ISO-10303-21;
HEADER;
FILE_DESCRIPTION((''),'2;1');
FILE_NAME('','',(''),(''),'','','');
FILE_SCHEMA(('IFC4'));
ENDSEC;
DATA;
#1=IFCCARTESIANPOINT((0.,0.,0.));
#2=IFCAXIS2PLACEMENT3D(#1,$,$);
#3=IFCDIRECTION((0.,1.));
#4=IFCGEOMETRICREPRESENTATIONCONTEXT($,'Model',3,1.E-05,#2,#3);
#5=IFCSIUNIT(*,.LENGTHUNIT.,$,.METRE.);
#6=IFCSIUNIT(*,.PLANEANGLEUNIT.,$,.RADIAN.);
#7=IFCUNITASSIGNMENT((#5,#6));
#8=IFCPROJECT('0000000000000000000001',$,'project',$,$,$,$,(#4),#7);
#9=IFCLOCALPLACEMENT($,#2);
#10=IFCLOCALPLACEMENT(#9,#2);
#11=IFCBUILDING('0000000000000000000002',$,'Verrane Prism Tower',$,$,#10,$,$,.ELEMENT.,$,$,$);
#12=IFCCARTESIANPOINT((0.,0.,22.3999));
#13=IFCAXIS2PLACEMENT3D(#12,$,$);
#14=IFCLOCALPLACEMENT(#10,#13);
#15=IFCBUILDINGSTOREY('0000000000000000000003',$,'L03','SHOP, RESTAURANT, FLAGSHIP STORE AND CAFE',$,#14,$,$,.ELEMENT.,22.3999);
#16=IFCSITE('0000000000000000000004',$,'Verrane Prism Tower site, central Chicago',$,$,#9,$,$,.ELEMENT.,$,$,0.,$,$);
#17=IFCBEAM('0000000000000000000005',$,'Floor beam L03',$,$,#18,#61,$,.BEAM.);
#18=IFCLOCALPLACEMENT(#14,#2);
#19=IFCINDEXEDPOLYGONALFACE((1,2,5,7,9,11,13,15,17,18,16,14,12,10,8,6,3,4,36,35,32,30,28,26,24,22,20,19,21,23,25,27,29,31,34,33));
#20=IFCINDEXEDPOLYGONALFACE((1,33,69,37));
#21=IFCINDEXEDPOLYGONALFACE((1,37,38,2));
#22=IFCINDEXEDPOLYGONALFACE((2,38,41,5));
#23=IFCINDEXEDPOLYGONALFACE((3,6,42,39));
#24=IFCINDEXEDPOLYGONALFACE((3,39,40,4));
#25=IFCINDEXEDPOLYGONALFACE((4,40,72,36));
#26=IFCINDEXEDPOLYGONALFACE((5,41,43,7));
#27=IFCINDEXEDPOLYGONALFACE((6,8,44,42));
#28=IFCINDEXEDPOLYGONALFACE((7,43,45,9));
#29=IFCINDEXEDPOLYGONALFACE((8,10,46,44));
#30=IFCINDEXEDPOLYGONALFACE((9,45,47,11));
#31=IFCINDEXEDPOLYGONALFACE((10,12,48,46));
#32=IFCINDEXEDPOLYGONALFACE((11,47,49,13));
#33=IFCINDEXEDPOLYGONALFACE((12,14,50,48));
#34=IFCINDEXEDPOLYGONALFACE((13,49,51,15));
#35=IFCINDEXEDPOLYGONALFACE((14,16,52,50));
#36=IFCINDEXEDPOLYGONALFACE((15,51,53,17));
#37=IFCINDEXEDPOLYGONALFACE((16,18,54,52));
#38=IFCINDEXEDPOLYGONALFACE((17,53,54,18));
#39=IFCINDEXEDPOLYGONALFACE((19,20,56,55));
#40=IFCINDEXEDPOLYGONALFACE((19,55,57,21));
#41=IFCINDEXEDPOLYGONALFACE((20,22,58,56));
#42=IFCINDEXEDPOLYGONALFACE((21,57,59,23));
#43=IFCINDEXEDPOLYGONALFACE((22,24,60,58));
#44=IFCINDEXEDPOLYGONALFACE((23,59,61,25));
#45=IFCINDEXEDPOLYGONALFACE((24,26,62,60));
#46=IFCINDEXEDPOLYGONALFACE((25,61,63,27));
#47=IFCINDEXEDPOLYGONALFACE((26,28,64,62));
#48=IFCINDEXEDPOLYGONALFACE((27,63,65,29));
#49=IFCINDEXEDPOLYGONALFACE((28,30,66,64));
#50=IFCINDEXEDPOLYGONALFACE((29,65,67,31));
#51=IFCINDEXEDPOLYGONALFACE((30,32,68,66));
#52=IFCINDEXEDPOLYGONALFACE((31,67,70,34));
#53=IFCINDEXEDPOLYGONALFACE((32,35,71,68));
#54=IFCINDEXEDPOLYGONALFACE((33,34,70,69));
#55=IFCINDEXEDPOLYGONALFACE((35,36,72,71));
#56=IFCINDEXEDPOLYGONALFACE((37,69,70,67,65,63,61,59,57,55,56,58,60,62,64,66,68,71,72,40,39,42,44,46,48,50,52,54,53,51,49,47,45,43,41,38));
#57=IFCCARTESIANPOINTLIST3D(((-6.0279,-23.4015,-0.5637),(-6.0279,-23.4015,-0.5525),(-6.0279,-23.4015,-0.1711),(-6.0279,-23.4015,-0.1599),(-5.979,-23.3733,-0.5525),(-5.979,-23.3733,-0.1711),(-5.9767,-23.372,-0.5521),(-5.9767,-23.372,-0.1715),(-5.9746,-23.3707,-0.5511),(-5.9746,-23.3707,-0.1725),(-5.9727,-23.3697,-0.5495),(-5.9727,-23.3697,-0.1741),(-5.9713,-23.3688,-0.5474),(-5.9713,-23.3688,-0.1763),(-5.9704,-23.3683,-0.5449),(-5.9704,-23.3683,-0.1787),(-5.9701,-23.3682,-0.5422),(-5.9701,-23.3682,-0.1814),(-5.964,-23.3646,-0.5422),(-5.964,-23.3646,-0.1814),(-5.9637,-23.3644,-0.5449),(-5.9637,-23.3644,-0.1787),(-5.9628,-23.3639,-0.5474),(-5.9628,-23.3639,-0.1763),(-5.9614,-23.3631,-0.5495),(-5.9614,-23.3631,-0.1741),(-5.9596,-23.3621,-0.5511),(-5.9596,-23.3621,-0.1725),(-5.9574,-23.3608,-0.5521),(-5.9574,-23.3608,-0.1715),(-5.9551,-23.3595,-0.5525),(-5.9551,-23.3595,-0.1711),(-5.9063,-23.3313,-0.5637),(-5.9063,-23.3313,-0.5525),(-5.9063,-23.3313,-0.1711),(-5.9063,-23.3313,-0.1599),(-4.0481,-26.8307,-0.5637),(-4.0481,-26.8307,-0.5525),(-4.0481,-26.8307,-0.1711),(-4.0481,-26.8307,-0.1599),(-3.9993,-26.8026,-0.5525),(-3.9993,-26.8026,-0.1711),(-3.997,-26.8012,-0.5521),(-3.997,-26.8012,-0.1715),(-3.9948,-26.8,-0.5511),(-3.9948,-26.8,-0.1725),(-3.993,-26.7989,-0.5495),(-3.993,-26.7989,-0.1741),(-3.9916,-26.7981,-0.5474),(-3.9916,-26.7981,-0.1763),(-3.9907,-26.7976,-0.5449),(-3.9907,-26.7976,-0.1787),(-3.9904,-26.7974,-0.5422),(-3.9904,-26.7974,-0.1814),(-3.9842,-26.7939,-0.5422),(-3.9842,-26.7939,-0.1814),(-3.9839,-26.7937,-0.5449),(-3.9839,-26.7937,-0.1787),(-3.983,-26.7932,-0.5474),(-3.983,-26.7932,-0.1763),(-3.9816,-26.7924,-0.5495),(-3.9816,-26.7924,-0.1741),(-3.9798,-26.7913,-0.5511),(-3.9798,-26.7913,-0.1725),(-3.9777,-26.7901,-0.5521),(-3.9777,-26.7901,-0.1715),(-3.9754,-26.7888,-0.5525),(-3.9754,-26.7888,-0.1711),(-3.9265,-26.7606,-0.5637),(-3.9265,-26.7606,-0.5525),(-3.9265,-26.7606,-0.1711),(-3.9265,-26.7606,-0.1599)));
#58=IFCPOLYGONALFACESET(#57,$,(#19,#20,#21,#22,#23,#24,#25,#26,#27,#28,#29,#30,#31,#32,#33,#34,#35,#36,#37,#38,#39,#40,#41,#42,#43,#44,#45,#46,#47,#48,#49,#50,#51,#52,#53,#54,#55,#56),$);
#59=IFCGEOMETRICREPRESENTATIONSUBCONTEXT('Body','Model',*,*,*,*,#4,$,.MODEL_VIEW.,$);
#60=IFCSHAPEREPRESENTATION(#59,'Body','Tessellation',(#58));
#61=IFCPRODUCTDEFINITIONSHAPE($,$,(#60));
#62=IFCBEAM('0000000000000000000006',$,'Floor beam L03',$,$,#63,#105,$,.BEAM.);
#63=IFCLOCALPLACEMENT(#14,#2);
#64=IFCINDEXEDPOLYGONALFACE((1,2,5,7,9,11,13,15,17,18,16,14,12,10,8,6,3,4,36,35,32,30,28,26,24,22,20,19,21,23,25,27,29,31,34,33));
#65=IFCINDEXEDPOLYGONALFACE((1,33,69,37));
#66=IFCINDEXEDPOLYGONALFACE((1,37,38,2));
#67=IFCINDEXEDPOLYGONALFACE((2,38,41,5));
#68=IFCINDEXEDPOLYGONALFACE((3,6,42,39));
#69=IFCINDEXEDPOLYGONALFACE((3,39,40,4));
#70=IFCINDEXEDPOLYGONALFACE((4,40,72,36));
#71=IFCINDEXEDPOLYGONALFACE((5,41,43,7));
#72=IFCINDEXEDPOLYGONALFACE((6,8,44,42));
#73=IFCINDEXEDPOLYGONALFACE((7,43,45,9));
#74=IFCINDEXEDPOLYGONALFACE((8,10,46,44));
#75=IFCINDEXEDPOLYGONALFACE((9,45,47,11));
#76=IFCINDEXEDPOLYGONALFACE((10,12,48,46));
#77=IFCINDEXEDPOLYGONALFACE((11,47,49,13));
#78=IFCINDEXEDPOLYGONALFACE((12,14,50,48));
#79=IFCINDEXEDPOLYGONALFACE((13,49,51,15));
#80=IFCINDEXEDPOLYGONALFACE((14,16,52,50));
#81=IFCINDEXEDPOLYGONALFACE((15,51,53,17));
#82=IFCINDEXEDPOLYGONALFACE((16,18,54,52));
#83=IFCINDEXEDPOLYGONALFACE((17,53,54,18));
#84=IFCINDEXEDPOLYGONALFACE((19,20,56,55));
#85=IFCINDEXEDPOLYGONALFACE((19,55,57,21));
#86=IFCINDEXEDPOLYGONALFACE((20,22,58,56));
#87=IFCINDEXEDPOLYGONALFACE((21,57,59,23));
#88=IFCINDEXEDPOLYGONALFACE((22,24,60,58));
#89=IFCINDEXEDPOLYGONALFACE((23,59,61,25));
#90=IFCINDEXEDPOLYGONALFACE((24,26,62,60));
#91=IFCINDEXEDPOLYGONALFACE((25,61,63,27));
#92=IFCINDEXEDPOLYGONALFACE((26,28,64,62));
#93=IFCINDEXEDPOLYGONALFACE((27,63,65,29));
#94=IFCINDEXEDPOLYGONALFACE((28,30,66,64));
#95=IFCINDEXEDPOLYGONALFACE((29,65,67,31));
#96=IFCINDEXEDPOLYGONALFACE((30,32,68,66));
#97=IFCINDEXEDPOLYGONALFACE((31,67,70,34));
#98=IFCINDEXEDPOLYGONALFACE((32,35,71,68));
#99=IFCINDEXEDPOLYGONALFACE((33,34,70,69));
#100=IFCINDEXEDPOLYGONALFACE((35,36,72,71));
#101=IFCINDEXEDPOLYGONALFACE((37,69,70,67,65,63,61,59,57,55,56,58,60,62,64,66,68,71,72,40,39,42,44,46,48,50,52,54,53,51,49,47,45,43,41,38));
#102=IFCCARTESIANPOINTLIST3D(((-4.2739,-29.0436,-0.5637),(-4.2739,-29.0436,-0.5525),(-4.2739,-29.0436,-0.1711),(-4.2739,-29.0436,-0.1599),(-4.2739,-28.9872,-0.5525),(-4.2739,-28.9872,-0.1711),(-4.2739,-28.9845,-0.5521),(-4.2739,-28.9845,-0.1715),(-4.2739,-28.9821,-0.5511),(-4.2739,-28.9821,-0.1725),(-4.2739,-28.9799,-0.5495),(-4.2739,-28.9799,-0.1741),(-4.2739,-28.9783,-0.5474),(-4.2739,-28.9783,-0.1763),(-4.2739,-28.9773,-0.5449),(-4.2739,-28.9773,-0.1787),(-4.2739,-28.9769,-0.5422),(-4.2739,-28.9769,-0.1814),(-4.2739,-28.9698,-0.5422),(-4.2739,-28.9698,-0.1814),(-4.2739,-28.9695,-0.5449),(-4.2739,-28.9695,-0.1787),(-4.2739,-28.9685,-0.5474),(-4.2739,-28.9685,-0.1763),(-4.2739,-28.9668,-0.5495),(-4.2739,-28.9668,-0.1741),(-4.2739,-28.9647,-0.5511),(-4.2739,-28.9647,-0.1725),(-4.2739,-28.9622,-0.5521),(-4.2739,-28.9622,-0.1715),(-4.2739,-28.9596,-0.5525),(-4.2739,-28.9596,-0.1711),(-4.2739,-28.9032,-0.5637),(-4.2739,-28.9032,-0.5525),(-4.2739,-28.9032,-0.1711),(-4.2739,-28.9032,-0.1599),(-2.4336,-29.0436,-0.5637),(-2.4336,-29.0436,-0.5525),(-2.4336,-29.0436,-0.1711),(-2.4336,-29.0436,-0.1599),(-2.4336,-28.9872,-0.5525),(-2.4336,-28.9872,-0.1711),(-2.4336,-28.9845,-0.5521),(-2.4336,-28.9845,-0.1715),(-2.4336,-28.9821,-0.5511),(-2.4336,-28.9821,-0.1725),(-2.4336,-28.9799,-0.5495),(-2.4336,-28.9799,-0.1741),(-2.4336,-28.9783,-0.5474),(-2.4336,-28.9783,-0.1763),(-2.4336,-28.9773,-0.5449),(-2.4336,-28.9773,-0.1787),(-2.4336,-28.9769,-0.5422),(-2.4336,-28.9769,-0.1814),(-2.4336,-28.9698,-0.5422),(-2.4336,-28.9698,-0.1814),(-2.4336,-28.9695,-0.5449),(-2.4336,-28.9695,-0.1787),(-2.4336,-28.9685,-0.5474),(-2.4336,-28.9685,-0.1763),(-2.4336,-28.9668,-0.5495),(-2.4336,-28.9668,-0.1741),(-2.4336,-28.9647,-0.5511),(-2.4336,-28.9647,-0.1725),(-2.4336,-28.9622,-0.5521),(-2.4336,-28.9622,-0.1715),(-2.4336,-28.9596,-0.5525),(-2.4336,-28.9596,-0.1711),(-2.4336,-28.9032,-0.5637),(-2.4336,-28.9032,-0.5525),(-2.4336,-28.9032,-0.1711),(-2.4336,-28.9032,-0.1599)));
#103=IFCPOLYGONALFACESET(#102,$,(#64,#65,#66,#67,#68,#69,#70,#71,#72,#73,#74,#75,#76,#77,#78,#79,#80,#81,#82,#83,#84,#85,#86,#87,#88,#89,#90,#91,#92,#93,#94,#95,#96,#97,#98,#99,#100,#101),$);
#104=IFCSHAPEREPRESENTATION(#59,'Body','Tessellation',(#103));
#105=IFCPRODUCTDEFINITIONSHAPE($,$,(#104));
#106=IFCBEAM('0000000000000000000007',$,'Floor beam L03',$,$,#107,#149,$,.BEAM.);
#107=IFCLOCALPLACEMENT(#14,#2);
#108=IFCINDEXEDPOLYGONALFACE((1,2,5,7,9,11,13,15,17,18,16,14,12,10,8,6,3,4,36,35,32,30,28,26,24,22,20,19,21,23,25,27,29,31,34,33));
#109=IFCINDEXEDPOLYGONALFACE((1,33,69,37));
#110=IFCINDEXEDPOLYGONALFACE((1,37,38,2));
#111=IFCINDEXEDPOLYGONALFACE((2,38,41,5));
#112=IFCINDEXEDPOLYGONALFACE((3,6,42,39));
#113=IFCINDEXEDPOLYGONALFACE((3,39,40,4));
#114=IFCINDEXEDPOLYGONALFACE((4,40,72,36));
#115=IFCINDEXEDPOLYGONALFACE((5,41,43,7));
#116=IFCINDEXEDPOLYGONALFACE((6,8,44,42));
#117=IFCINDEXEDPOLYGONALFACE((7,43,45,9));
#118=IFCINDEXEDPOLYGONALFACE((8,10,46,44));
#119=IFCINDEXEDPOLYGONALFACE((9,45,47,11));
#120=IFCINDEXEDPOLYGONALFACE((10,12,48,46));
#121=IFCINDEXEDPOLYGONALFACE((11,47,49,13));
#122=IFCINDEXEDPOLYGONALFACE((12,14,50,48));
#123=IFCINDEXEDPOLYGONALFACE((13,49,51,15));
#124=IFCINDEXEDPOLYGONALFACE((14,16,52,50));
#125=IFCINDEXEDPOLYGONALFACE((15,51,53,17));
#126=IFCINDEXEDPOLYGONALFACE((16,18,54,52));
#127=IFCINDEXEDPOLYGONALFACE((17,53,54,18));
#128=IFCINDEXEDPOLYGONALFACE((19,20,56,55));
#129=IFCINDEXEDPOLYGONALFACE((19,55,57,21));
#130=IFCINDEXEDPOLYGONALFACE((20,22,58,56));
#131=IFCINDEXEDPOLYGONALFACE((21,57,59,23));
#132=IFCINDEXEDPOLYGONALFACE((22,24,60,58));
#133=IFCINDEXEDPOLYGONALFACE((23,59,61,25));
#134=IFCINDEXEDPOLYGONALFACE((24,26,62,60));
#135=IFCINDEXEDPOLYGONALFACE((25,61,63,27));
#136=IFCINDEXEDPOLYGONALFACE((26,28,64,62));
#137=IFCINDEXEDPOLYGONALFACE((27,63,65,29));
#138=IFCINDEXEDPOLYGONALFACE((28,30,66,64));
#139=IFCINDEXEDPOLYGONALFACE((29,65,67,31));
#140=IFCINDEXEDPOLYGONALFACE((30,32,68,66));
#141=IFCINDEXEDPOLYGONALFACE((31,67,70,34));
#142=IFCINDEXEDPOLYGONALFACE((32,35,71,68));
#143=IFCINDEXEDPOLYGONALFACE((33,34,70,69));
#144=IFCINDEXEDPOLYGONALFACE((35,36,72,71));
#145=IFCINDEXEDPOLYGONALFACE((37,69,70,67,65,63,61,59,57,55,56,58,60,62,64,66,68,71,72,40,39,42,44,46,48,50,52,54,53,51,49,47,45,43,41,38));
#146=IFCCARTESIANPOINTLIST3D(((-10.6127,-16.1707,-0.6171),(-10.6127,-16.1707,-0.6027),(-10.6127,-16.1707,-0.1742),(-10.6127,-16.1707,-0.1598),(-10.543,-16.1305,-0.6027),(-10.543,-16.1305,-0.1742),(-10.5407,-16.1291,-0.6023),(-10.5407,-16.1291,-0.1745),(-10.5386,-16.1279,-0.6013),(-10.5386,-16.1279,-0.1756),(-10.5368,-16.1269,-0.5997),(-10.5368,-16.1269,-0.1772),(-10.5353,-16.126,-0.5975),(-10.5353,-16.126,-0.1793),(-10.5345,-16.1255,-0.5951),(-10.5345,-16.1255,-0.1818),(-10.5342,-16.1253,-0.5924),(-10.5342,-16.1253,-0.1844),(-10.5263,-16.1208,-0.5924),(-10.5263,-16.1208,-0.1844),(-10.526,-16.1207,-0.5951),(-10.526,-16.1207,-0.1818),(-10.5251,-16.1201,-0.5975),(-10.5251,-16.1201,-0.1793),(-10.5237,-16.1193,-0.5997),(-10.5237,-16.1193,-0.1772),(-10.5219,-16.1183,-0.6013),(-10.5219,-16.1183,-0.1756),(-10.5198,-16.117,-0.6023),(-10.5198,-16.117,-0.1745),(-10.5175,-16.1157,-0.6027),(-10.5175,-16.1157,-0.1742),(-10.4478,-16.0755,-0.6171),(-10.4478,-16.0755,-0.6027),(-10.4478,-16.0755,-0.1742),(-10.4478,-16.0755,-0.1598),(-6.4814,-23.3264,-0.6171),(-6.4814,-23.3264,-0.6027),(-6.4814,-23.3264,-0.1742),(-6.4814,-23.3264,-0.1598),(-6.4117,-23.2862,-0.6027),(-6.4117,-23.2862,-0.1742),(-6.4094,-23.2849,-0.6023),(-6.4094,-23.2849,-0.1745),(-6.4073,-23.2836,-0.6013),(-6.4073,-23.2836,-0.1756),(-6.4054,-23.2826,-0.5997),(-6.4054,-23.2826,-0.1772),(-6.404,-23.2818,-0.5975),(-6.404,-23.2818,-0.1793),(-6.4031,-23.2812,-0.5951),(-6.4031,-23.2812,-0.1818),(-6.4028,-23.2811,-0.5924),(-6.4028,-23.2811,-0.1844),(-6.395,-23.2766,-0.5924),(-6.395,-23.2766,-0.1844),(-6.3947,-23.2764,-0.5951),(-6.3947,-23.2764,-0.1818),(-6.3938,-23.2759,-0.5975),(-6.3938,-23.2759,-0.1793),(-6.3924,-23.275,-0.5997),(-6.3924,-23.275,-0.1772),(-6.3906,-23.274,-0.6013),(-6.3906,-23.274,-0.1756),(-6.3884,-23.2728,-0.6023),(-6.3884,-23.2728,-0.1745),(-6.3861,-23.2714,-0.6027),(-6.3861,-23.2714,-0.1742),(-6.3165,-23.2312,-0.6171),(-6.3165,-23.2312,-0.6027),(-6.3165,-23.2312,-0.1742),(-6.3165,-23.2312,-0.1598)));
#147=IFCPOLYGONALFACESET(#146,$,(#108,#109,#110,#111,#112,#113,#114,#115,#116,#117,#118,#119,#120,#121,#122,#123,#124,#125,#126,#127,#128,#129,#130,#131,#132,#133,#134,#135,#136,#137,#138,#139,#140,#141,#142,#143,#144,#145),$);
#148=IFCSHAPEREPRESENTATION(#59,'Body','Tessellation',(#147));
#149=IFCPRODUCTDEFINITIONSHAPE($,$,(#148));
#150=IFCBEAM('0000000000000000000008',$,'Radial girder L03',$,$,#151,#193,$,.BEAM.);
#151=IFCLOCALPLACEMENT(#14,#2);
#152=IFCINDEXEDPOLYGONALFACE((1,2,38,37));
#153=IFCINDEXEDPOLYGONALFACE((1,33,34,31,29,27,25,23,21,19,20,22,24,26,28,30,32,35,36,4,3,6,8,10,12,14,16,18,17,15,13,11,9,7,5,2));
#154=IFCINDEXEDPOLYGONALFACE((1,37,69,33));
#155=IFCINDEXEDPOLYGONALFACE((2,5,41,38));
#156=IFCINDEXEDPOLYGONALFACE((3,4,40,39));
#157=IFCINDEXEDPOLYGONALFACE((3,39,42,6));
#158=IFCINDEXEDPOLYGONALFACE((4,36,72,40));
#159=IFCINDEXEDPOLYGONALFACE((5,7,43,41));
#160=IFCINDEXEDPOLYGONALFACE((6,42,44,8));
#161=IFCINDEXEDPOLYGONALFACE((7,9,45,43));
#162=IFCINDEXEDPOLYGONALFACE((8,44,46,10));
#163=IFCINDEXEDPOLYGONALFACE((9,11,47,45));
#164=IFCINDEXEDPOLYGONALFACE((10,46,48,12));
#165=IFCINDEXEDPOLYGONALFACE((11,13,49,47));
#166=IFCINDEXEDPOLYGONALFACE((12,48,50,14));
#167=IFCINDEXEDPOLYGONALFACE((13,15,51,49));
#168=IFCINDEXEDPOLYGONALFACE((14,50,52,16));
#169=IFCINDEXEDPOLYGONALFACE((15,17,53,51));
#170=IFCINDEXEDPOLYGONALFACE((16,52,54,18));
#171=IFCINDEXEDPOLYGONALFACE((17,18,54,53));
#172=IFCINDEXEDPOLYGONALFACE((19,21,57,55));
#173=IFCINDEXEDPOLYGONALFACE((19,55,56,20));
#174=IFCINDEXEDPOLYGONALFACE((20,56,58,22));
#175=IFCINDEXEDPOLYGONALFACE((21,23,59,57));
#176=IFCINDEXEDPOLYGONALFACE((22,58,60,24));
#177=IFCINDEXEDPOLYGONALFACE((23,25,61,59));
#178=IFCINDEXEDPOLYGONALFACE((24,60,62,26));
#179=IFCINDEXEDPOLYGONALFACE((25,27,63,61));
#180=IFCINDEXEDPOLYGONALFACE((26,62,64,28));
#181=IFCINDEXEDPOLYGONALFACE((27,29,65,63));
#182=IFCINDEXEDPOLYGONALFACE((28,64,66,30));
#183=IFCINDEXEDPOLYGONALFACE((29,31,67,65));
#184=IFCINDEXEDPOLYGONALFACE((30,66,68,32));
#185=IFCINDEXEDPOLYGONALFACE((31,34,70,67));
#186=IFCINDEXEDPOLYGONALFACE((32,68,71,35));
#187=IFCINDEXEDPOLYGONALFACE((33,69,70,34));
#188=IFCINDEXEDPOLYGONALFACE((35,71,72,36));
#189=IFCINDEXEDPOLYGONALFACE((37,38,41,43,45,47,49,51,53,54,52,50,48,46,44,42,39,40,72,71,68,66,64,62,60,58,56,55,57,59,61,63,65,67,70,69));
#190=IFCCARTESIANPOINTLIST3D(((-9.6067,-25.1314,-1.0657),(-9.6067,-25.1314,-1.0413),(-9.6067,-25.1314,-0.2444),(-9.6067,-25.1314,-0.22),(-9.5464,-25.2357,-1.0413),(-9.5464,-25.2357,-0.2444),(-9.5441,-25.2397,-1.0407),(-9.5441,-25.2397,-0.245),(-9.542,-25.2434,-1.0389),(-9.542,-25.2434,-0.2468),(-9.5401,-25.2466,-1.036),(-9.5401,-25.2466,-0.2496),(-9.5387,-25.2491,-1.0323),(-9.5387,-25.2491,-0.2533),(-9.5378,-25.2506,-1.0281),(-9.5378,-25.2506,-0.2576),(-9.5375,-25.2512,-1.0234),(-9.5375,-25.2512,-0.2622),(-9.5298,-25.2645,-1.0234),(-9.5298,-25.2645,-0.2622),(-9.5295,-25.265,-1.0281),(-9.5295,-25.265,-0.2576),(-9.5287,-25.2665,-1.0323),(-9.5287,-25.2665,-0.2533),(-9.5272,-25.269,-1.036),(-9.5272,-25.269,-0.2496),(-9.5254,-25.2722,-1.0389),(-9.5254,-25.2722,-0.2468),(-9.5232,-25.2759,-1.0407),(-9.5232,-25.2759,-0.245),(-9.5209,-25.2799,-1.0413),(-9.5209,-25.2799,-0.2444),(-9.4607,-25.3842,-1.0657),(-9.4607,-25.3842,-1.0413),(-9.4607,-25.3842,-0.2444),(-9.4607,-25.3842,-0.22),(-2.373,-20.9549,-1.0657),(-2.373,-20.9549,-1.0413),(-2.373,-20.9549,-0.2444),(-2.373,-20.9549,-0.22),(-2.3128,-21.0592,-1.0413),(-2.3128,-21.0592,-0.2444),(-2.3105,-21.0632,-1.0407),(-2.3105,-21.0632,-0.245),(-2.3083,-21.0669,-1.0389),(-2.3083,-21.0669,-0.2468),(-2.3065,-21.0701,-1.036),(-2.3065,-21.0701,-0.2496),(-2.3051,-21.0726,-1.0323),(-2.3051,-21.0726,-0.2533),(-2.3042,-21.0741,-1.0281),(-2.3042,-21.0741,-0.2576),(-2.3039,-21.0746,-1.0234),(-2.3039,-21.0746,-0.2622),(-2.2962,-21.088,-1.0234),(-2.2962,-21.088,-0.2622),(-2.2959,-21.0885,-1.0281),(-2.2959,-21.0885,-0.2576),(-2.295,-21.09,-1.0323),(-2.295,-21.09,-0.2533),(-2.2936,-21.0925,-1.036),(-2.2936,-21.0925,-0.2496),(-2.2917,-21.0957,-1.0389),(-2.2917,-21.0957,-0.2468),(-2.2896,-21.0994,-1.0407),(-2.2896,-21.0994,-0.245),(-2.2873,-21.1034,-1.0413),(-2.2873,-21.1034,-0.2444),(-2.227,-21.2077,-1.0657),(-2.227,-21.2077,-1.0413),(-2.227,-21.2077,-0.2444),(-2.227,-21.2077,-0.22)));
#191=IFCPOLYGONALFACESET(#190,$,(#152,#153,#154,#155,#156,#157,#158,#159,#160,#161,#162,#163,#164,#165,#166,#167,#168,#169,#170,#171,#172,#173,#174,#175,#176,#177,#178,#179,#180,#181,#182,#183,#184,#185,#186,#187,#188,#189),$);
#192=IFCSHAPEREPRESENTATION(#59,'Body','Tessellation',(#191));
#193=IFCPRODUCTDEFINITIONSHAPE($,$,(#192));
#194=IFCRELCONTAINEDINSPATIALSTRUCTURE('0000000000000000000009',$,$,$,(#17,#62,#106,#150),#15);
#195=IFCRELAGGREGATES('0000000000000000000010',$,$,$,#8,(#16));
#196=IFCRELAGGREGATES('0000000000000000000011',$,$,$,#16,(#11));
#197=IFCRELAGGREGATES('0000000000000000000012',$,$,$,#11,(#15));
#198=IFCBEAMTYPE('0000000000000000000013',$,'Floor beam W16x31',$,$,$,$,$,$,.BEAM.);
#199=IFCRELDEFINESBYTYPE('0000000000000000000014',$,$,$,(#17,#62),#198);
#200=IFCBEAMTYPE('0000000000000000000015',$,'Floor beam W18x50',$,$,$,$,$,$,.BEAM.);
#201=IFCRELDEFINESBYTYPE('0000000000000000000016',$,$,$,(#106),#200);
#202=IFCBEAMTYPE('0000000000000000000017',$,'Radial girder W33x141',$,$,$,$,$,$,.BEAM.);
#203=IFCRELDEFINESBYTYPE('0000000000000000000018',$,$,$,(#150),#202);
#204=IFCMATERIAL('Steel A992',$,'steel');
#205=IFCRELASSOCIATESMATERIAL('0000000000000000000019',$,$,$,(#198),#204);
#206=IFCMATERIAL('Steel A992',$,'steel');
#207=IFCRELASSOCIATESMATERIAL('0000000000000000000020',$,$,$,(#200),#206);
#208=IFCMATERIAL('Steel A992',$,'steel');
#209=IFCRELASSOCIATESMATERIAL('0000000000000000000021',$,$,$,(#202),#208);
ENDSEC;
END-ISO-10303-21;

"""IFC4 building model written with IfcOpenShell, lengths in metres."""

from ifc_helpers import new_model, si_unit, direction, frame, origin, origin_2d, place, context, subcontext, project, spatial, i_section, extrude, material, material_profile, profile_set, type_object, element, save


model = new_model("IFC4")

# Units and contexts
model_context = context("Model", 3, precision=1e-05, world=origin(), true_north=direction((0.0, 1.0)))
body_context = subcontext(model_context, "Body", "Model", "MODEL_VIEW")
ifc_project = project(units=[si_unit("LENGTHUNIT", "METRE"), si_unit("PLANEANGLEUNIT", "RADIAN")], contexts=[model_context])

# Site, building, storey
site_placement = place(None, origin())
site = spatial("IfcSite", under=ifc_project, at=site_placement, Name="Verrane Prism Tower site, central Chicago", CompositionType="ELEMENT", RefElevation=0.0)
building_placement = place(site_placement, origin())
building = spatial("IfcBuilding", under=site, at=building_placement, Name="Verrane Prism Tower", CompositionType="ELEMENT")
storey_placement = place(building_placement, frame((0.0, 0.0, 22.3999)))
storey = spatial("IfcBuildingStorey", under=building, at=storey_placement, Name="L03", Description="SHOP, RESTAURANT, FLAGSHIP STORE AND CAFE", CompositionType="ELEMENT", Elevation=22.3999)

# Beams
ifc_material_1 = material(Name="Steel A992", Category="steel")
ifc_material_profile_1 = material_profile(ifc_material_1, i_section(OverallWidth=0.1404, OverallDepth=0.4038, WebThickness=0.0071, FlangeThickness=0.0112, FilletRadius=0.0103, at=origin_2d()), Name="W16x31")
ifc_profile_set_1 = profile_set([ifc_material_profile_1], Name="Steel A992")
beam_type_1 = type_object("IfcBeamType", Name="Floor beam W16x31", PredefinedType="BEAM", material=ifc_profile_set_1)
beam_1_placement = place(storey_placement, frame((-3.9873, -26.7957, -0.3618), z_axis=(-0.499979, 0.866038, 0.0), x_axis=(-0.866038, -0.499979, 0.0)))
element("IfcBeam", 1, at=beam_1_placement, inside=storey, type_object=beam_type_1, Name="Floor beam L03", PredefinedType="BEAM", context=body_context, shape_type="SweptSolid", body=[
    extrude(i_section(OverallWidth=0.1404, OverallDepth=0.4038, WebThickness=0.0071, FlangeThickness=0.0112, FilletRadius=0.0103, at=origin_2d()), origin(), (0.0, 0.0, 1.0), 3.9597),
])
beam_2_placement = place(storey_placement, frame((-4.2739, -28.9734, -0.3618), z_axis=(1.0, 0.0, 0.0), x_axis=(0.0, 1.0, 0.0)))
element("IfcBeam", 2, at=beam_2_placement, inside=storey, type_object=beam_type_1, Name="Floor beam L03", PredefinedType="BEAM", context=body_context, shape_type="SweptSolid", body=[
    extrude(i_section(OverallWidth=0.1404, OverallDepth=0.4038, WebThickness=0.0071, FlangeThickness=0.0112, FilletRadius=0.0103, at=origin_2d()), origin(), (0.0, 0.0, 1.0), 1.8403),
])
ifc_material_2 = material(Name="Steel A992", Category="steel")
ifc_material_profile_2 = material_profile(ifc_material_2, i_section(OverallWidth=0.1904, OverallDepth=0.4573, WebThickness=0.009, FlangeThickness=0.0144, FilletRadius=0.0103, at=origin_2d()), Name="W18x50")
ifc_profile_set_2 = profile_set([ifc_material_profile_2], Name="Steel A992")
beam_type_2 = type_object("IfcBeamType", Name="Floor beam W18x50", PredefinedType="BEAM", material=ifc_profile_set_2)
beam_3_placement = place(storey_placement, frame((-6.3989, -23.2788, -0.3884), z_axis=(-0.499997, 0.866027, 0.0), x_axis=(-0.866027, -0.499997, 0.0)))
element("IfcBeam", 3, at=beam_3_placement, inside=storey, type_object=beam_type_2, Name="Floor beam L03", PredefinedType="BEAM", context=body_context, shape_type="SweptSolid", body=[
    extrude(i_section(OverallWidth=0.1904, OverallDepth=0.4573, WebThickness=0.009, FlangeThickness=0.0144, FilletRadius=0.0103, at=origin_2d()), origin(), (0.0, 0.0, 1.0), 8.2627),
])
ifc_material_3 = material(Name="Steel A992", Category="steel")
ifc_material_profile_3 = material_profile(ifc_material_3, i_section(OverallWidth=0.292, OverallDepth=0.8457, WebThickness=0.0154, FlangeThickness=0.0244, FilletRadius=0.0178, at=origin_2d()), Name="W33x141")
ifc_profile_set_3 = profile_set([ifc_material_profile_3], Name="Steel A992")
beam_type_3 = type_object("IfcBeamType", Name="Radial girder W33x141", PredefinedType="BEAM", material=ifc_profile_set_3)
beam_4_placement = place(storey_placement, frame((-9.5337, -25.2578, -0.6428), z_axis=(0.866017, 0.500015, 0.0), x_axis=(-0.500015, 0.866017, 0.0)))
element("IfcBeam", 4, at=beam_4_placement, inside=storey, type_object=beam_type_3, Name="Radial girder L03", PredefinedType="BEAM", context=body_context, shape_type="SweptSolid", body=[
    extrude(i_section(OverallWidth=0.292, OverallDepth=0.8457, WebThickness=0.0154, FlangeThickness=0.0244, FilletRadius=0.0178, at=origin_2d()), origin(), (0.0, 0.0, 1.0), 8.3528),
])

save(model, "model.ifc")
